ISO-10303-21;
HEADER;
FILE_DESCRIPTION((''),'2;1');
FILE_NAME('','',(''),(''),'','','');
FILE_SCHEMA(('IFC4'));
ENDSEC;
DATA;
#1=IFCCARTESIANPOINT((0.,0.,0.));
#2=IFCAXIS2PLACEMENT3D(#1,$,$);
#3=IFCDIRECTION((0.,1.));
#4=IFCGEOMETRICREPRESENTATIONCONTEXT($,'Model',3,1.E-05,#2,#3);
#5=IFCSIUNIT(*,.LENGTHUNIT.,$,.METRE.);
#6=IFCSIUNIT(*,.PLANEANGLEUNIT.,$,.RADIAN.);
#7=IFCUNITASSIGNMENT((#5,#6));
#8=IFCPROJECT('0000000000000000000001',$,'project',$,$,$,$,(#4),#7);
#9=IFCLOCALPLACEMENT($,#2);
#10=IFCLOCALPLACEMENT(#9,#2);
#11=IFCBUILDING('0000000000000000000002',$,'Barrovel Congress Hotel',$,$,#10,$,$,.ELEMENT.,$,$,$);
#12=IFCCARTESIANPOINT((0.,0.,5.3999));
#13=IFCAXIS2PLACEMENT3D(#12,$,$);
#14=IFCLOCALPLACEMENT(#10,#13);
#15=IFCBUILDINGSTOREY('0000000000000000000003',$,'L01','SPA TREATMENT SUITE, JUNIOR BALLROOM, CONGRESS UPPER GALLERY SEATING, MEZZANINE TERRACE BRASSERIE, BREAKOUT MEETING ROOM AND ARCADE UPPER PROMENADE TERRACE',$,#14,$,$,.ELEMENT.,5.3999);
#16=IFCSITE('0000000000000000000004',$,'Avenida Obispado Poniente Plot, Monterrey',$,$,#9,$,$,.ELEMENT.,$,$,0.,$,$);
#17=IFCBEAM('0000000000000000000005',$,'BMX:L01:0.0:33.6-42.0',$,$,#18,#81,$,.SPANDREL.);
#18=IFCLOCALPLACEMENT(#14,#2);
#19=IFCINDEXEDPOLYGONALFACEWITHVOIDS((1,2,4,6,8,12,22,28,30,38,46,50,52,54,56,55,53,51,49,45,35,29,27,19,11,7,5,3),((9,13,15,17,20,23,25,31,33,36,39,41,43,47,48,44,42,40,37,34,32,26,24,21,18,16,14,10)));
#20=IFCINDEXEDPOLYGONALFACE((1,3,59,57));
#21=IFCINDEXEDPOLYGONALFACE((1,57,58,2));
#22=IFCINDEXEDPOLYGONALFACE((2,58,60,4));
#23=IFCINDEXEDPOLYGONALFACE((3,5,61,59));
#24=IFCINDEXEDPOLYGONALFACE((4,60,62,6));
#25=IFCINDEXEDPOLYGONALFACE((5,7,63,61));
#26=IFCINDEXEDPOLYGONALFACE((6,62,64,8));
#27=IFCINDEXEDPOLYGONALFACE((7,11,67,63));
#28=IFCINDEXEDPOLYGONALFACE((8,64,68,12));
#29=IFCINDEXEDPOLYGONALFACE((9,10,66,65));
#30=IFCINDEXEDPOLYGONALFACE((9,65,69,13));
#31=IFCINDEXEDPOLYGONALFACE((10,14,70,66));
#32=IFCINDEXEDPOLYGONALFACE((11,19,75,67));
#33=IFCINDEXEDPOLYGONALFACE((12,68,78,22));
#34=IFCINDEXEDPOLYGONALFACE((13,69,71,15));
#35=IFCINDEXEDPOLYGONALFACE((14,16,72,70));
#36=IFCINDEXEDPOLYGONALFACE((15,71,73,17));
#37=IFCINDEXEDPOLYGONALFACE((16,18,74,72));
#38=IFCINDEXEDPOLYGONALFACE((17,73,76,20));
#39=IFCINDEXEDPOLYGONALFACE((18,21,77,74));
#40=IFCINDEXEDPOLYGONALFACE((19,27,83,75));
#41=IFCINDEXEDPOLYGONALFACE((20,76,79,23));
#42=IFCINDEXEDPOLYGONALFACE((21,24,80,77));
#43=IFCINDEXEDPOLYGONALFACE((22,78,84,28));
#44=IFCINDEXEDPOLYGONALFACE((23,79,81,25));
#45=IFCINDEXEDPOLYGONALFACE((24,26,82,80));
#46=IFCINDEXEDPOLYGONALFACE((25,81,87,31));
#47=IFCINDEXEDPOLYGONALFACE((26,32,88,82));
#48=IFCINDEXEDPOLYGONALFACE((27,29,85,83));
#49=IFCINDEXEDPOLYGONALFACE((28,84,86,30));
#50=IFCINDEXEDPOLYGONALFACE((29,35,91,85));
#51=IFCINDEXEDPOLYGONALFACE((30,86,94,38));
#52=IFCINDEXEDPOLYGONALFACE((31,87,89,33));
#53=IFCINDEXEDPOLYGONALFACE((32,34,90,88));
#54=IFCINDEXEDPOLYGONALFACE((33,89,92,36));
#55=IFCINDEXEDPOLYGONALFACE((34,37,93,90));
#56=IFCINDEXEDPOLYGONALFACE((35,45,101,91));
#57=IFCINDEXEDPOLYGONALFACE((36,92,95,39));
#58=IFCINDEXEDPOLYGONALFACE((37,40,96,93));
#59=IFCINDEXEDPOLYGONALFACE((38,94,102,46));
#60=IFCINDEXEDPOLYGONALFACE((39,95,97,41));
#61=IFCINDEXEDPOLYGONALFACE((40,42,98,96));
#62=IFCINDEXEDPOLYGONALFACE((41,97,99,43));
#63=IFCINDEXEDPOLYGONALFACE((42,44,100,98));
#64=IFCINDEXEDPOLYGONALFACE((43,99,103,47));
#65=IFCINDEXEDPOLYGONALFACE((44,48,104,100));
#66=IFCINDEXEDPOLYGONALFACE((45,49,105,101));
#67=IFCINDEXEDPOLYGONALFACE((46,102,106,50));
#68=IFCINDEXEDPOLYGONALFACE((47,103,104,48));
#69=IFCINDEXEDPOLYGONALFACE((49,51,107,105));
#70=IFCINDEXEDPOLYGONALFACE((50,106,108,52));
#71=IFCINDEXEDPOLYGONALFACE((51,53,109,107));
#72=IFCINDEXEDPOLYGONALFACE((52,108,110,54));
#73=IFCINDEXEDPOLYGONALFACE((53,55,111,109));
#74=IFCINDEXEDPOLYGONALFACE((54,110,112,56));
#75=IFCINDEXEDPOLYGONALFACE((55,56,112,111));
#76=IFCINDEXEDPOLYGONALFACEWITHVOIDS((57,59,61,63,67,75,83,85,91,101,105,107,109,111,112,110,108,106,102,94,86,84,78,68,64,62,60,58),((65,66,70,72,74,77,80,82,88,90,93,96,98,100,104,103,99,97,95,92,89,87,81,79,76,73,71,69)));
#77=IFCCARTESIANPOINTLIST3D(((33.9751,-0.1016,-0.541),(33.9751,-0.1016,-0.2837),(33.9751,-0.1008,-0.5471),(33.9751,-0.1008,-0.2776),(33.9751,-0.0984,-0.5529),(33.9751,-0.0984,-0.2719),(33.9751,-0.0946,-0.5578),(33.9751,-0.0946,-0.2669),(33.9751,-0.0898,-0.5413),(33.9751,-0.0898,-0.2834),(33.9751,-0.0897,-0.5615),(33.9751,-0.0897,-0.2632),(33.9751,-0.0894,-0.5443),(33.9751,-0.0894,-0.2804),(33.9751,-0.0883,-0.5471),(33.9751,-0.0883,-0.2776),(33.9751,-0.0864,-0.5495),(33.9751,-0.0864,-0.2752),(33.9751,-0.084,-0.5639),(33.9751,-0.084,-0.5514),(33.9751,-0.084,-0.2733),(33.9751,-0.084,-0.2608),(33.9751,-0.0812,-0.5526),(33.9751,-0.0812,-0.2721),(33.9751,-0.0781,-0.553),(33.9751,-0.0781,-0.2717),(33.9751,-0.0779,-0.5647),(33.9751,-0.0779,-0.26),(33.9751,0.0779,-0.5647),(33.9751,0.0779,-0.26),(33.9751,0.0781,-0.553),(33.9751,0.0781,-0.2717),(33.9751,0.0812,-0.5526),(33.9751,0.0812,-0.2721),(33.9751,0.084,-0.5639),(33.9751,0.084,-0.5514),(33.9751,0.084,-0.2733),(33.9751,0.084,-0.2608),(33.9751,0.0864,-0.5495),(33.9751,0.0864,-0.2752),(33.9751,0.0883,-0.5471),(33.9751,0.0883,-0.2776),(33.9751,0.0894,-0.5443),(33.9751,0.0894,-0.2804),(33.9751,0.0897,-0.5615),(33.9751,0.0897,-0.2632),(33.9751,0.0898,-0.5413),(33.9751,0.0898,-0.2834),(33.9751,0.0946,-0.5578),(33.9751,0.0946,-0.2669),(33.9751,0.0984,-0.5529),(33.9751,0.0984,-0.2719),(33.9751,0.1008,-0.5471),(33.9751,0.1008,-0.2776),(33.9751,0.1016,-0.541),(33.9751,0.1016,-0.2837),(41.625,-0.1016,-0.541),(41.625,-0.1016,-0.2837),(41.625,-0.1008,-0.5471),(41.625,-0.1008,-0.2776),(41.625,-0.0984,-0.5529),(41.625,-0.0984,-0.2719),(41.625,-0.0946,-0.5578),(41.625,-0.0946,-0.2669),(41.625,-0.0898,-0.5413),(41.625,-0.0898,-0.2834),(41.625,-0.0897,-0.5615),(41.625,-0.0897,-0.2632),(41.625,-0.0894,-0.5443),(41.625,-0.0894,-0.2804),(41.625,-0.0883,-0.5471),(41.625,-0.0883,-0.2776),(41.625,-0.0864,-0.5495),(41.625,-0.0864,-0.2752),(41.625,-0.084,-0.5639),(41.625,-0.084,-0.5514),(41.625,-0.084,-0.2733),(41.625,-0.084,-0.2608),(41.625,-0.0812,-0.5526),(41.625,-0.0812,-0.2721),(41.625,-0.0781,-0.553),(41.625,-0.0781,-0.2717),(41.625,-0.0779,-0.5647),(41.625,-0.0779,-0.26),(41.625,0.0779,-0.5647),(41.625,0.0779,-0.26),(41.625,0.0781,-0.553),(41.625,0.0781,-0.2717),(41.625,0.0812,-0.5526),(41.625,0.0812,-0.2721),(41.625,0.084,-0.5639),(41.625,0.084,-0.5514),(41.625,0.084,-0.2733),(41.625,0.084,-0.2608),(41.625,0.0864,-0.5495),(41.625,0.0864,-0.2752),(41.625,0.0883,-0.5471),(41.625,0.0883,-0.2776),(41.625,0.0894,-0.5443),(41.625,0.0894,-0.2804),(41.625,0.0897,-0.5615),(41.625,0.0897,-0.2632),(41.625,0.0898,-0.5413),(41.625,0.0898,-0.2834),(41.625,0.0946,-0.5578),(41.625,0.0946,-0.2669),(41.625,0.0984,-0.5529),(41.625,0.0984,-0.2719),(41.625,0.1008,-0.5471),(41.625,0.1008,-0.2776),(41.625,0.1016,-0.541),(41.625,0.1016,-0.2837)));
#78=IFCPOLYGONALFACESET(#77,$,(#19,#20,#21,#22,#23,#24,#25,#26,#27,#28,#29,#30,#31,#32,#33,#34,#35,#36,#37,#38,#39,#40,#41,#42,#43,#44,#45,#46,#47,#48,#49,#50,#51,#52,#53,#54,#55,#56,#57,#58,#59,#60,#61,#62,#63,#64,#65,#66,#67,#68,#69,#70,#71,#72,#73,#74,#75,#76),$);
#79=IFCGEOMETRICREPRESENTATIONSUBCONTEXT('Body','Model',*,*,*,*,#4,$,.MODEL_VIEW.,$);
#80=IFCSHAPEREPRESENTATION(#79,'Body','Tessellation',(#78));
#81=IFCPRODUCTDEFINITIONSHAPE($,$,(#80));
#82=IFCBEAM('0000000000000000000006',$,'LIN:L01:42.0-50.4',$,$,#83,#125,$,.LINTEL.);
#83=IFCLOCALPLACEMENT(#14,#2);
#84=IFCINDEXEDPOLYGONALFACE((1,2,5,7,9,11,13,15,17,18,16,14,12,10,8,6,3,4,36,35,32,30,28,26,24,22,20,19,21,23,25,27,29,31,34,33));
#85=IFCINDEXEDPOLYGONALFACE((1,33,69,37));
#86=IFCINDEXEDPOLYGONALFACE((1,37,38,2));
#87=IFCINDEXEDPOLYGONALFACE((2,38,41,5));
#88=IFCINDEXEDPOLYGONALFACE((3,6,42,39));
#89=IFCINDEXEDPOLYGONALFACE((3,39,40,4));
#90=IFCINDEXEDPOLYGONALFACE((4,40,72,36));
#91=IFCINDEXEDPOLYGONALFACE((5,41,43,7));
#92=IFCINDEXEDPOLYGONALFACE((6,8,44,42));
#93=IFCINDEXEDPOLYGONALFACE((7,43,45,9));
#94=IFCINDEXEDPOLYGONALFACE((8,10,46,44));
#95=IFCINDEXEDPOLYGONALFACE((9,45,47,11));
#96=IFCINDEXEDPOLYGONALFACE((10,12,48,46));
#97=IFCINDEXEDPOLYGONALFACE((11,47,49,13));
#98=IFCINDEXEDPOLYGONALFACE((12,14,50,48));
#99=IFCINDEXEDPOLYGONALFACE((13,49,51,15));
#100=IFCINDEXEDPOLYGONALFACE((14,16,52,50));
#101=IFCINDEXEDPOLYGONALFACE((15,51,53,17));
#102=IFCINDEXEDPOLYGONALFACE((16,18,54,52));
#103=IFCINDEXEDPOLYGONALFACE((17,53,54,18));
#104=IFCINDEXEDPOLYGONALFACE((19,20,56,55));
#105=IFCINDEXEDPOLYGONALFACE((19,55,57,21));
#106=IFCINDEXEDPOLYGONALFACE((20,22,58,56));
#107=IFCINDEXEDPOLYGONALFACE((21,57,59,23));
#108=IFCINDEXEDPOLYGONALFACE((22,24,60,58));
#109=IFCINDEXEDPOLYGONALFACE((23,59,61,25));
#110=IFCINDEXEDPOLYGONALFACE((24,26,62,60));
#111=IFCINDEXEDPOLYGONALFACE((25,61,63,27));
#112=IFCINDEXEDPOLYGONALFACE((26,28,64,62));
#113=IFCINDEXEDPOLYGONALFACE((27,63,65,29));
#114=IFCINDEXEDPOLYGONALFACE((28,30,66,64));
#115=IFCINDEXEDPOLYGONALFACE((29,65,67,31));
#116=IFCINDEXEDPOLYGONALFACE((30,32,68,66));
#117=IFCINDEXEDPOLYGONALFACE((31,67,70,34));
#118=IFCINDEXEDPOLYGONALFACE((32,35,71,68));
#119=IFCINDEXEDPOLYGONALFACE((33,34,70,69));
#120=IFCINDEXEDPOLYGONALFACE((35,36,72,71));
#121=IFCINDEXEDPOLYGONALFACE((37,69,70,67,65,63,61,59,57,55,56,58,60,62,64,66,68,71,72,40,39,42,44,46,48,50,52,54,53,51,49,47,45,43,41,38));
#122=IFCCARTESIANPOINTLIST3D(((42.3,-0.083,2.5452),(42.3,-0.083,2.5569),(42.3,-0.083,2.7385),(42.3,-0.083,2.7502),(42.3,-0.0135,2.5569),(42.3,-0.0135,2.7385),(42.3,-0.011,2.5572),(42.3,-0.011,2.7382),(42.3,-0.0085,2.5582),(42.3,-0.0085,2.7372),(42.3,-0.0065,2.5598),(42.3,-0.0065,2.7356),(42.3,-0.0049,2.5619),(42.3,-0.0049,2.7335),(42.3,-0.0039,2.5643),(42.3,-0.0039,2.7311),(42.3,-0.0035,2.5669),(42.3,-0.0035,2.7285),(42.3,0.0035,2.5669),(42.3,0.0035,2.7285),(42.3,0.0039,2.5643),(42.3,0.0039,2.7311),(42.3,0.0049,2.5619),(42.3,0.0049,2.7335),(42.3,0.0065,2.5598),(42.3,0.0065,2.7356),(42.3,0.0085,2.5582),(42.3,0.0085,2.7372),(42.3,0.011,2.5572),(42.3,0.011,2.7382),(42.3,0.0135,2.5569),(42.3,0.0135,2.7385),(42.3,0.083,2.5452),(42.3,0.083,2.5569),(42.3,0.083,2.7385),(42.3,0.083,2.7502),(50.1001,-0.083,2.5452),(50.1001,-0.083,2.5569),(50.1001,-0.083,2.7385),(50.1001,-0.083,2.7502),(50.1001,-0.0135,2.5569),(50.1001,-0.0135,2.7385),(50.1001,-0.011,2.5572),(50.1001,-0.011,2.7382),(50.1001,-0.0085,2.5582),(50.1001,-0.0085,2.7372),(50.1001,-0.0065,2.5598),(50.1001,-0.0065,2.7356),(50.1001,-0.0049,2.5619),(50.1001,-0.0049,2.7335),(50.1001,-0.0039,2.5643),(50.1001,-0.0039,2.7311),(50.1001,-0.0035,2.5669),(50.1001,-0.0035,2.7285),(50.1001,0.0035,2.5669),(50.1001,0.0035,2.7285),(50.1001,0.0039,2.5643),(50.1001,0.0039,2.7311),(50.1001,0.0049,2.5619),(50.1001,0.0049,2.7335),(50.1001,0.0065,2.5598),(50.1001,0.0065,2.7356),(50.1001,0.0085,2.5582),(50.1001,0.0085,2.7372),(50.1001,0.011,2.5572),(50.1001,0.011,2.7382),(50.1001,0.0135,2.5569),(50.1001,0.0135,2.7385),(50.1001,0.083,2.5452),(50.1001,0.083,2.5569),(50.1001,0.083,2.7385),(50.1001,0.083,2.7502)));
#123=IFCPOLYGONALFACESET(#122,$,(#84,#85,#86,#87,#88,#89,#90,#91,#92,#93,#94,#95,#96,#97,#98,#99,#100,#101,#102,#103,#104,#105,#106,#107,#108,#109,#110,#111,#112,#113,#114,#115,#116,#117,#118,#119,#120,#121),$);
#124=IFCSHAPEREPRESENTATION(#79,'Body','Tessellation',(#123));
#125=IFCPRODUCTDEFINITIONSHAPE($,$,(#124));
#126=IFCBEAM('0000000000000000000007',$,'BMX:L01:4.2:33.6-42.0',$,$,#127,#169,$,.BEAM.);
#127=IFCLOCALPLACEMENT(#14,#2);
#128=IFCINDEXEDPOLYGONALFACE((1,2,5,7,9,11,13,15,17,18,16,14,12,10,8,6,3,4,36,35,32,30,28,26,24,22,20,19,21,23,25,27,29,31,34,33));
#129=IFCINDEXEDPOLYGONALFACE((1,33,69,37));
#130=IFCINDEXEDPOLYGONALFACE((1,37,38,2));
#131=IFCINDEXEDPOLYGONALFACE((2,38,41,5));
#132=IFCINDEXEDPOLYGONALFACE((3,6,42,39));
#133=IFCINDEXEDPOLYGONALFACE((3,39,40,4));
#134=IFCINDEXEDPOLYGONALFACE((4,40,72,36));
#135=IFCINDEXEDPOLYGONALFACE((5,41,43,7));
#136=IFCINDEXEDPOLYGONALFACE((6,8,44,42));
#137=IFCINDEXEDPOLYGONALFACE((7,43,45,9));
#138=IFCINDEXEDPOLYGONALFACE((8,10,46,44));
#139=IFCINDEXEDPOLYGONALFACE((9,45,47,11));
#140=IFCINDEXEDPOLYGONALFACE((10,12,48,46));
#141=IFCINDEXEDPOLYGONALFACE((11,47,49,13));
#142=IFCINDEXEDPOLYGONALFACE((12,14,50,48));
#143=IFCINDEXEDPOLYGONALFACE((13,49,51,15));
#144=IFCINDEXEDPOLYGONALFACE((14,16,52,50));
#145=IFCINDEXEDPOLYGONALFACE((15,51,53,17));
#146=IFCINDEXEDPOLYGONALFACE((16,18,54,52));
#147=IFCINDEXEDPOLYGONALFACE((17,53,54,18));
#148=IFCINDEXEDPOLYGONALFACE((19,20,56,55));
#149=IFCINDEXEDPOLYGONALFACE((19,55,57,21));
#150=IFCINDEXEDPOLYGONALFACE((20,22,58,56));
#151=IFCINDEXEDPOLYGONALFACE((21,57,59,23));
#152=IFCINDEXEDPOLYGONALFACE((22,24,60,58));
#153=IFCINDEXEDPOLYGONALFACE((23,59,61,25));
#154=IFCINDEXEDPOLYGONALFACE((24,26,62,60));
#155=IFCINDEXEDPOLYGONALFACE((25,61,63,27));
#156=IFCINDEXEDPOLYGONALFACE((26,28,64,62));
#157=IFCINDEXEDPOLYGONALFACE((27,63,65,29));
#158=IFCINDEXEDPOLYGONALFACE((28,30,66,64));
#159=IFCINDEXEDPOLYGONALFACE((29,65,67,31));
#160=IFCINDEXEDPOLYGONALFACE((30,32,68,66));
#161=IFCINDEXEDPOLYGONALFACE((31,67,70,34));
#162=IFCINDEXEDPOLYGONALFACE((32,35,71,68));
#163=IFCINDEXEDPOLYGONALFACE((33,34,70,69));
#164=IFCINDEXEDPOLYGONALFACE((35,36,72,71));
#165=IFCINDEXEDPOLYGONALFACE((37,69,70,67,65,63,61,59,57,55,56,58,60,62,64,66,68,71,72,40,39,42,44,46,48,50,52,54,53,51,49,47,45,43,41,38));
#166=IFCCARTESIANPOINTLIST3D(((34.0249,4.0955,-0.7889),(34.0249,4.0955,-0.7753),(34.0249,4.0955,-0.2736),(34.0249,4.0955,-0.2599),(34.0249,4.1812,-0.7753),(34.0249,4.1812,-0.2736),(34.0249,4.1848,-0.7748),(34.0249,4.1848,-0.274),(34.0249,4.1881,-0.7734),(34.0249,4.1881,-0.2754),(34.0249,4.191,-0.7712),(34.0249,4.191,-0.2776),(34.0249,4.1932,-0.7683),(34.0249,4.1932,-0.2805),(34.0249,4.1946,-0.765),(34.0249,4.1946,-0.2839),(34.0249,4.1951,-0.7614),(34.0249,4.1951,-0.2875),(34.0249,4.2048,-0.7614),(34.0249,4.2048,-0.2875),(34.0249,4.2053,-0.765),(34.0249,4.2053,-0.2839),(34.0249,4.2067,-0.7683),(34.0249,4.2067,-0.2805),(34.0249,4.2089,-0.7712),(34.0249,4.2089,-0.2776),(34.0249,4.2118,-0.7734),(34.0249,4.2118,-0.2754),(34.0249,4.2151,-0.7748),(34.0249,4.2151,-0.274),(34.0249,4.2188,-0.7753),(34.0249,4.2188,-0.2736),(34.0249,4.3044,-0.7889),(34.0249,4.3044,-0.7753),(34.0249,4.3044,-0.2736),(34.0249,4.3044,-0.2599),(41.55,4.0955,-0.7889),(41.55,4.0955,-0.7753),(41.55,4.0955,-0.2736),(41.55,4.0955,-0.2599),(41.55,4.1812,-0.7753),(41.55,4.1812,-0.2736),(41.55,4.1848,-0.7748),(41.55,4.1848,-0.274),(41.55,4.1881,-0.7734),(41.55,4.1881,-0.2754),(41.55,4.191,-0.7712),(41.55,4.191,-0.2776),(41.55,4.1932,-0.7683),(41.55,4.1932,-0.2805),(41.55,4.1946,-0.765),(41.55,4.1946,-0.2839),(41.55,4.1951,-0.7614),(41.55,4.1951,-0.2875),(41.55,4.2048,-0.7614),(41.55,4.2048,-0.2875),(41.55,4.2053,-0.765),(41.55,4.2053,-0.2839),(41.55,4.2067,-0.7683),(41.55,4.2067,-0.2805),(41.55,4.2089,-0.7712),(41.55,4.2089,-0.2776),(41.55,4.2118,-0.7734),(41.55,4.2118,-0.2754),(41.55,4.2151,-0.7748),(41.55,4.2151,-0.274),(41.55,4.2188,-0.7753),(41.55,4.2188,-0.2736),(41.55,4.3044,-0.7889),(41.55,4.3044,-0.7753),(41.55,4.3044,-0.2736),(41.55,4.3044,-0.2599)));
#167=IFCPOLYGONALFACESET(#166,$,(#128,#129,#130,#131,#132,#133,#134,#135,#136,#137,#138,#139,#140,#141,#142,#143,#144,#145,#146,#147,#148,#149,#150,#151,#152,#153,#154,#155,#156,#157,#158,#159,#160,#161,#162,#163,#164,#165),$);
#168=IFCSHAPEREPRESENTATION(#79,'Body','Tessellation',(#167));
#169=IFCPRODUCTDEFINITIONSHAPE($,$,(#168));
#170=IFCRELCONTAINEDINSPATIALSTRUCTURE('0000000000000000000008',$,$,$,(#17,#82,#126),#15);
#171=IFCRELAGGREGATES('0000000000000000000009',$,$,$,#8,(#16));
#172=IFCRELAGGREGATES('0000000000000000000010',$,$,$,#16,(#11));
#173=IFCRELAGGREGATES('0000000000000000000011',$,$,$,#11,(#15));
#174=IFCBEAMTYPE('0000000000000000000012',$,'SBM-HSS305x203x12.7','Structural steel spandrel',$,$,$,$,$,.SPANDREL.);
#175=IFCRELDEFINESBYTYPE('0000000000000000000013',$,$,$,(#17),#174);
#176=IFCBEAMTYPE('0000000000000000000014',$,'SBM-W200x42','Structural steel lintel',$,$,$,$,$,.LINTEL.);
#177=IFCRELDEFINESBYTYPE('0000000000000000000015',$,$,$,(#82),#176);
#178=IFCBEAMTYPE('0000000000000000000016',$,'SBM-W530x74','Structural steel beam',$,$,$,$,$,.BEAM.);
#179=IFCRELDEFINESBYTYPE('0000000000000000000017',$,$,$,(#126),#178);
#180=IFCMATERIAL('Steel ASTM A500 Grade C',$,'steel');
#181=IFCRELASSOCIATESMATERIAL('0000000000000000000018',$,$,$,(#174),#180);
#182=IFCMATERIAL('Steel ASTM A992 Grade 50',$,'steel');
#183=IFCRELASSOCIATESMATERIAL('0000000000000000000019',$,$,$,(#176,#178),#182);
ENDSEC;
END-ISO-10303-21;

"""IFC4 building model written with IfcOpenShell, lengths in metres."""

from ifc_helpers import new_model, si_unit, direction, frame, origin, origin_2d, place, context, subcontext, project, spatial, hollow_rectangle, i_section, extrude, material, material_profile, profile_set, type_object, element, save


model = new_model("IFC4")

# Units and contexts
model_context = context("Model", 3, precision=1e-05, world=origin(), true_north=direction((0.0, 1.0)))
body_context = subcontext(model_context, "Body", "Model", "MODEL_VIEW")
ifc_project = project(units=[si_unit("LENGTHUNIT", "METRE"), si_unit("PLANEANGLEUNIT", "RADIAN")], contexts=[model_context])

# Site, building, storey
site_placement = place(None, origin())
site = spatial("IfcSite", under=ifc_project, at=site_placement, Name="Avenida Obispado Poniente Plot, Monterrey", CompositionType="ELEMENT", RefElevation=0.0)
building_placement = place(site_placement, origin())
building = spatial("IfcBuilding", under=site, at=building_placement, Name="Barrovel Congress Hotel", CompositionType="ELEMENT")
storey_placement = place(building_placement, frame((0.0, 0.0, 5.3999)))
storey = spatial("IfcBuildingStorey", under=building, at=storey_placement, Name="L01", Description="SPA TREATMENT SUITE, JUNIOR BALLROOM, CONGRESS UPPER GALLERY SEATING, MEZZANINE TERRACE BRASSERIE, BREAKOUT MEETING ROOM AND ARCADE UPPER PROMENADE TERRACE", CompositionType="ELEMENT", Elevation=5.3999)

# Beams
ifc_material_1 = material(Name="Steel ASTM A500 Grade C", Category="steel")
ifc_material_profile_1 = material_profile(ifc_material_1, hollow_rectangle(XDim=0.2031, YDim=0.3047, WallThickness=0.0117, InnerFilletRadius=0.0117, OuterFilletRadius=0.0237, at=origin_2d()), Name="HSS305x203x12.7")
ifc_profile_set_1 = profile_set([ifc_material_profile_1], Name="Steel ASTM A500 Grade C")
beam_type_1 = type_object("IfcBeamType", Name="SBM-HSS305x203x12.7", Description="Structural steel spandrel", PredefinedType="SPANDREL", material=ifc_profile_set_1)
beam_1_placement = place(storey_placement, frame((33.9751, 0.0, -0.4124), z_axis=(1.0, 0.0, 0.0), x_axis=(0.0, 1.0, 0.0)))
element("IfcBeam", 1, at=beam_1_placement, inside=storey, type_object=beam_type_1, Name="BMX:L01:0.0:33.6-42.0", PredefinedType="SPANDREL", context=body_context, shape_type="SweptSolid", body=[
    extrude(hollow_rectangle(XDim=0.2031, YDim=0.3047, WallThickness=0.0117, InnerFilletRadius=0.0117, OuterFilletRadius=0.0237, at=origin_2d()), origin(), (0.0, 0.0, 1.0), 7.6499),
])
ifc_material_2 = material(Name="Steel ASTM A992 Grade 50", Category="steel")
ifc_material_profile_2 = material_profile(ifc_material_2, i_section(OverallWidth=0.166, OverallDepth=0.2051, WebThickness=0.0071, FlangeThickness=0.0117, FilletRadius=0.01, at=origin_2d()), Name="W200x42")
ifc_profile_set_2 = profile_set([ifc_material_profile_2], Name="Steel ASTM A992 Grade 50")
beam_type_2 = type_object("IfcBeamType", Name="SBM-W200x42", Description="Structural steel lintel", PredefinedType="LINTEL", material=ifc_profile_set_2)
beam_2_placement = place(storey_placement, frame((42.3, 0.0, 2.6477), z_axis=(1.0, 0.0, 0.0), x_axis=(0.0, 1.0, 0.0)))
element("IfcBeam", 2, at=beam_2_placement, inside=storey, type_object=beam_type_2, Name="LIN:L01:42.0-50.4", PredefinedType="LINTEL", context=body_context, shape_type="SweptSolid", body=[
    extrude(i_section(OverallWidth=0.166, OverallDepth=0.2051, WebThickness=0.0071, FlangeThickness=0.0117, FilletRadius=0.01, at=origin_2d()), origin(), (0.0, 0.0, 1.0), 7.8),
])
ifc_material_profile_3 = material_profile(ifc_material_2, i_section(OverallWidth=0.209, OverallDepth=0.5291, WebThickness=0.0098, FlangeThickness=0.0137, FilletRadius=0.0139, at=origin_2d()), Name="W530x74")
ifc_profile_set_3 = profile_set([ifc_material_profile_3], Name="Steel ASTM A992 Grade 50")
beam_type_3 = type_object("IfcBeamType", Name="SBM-W530x74", Description="Structural steel beam", PredefinedType="BEAM", material=ifc_profile_set_3)
beam_3_placement = place(storey_placement, frame((34.0249, 4.2, -0.5244), z_axis=(1.0, 0.0, 0.0), x_axis=(0.0, 1.0, 0.0)))
element("IfcBeam", 3, at=beam_3_placement, inside=storey, type_object=beam_type_3, Name="BMX:L01:4.2:33.6-42.0", PredefinedType="BEAM", context=body_context, shape_type="SweptSolid", body=[
    extrude(i_section(OverallWidth=0.209, OverallDepth=0.5291, WebThickness=0.0098, FlangeThickness=0.0137, FilletRadius=0.0139, at=origin_2d()), origin(), (0.0, 0.0, 1.0), 7.5251),
])

save(model, "model.ifc")
